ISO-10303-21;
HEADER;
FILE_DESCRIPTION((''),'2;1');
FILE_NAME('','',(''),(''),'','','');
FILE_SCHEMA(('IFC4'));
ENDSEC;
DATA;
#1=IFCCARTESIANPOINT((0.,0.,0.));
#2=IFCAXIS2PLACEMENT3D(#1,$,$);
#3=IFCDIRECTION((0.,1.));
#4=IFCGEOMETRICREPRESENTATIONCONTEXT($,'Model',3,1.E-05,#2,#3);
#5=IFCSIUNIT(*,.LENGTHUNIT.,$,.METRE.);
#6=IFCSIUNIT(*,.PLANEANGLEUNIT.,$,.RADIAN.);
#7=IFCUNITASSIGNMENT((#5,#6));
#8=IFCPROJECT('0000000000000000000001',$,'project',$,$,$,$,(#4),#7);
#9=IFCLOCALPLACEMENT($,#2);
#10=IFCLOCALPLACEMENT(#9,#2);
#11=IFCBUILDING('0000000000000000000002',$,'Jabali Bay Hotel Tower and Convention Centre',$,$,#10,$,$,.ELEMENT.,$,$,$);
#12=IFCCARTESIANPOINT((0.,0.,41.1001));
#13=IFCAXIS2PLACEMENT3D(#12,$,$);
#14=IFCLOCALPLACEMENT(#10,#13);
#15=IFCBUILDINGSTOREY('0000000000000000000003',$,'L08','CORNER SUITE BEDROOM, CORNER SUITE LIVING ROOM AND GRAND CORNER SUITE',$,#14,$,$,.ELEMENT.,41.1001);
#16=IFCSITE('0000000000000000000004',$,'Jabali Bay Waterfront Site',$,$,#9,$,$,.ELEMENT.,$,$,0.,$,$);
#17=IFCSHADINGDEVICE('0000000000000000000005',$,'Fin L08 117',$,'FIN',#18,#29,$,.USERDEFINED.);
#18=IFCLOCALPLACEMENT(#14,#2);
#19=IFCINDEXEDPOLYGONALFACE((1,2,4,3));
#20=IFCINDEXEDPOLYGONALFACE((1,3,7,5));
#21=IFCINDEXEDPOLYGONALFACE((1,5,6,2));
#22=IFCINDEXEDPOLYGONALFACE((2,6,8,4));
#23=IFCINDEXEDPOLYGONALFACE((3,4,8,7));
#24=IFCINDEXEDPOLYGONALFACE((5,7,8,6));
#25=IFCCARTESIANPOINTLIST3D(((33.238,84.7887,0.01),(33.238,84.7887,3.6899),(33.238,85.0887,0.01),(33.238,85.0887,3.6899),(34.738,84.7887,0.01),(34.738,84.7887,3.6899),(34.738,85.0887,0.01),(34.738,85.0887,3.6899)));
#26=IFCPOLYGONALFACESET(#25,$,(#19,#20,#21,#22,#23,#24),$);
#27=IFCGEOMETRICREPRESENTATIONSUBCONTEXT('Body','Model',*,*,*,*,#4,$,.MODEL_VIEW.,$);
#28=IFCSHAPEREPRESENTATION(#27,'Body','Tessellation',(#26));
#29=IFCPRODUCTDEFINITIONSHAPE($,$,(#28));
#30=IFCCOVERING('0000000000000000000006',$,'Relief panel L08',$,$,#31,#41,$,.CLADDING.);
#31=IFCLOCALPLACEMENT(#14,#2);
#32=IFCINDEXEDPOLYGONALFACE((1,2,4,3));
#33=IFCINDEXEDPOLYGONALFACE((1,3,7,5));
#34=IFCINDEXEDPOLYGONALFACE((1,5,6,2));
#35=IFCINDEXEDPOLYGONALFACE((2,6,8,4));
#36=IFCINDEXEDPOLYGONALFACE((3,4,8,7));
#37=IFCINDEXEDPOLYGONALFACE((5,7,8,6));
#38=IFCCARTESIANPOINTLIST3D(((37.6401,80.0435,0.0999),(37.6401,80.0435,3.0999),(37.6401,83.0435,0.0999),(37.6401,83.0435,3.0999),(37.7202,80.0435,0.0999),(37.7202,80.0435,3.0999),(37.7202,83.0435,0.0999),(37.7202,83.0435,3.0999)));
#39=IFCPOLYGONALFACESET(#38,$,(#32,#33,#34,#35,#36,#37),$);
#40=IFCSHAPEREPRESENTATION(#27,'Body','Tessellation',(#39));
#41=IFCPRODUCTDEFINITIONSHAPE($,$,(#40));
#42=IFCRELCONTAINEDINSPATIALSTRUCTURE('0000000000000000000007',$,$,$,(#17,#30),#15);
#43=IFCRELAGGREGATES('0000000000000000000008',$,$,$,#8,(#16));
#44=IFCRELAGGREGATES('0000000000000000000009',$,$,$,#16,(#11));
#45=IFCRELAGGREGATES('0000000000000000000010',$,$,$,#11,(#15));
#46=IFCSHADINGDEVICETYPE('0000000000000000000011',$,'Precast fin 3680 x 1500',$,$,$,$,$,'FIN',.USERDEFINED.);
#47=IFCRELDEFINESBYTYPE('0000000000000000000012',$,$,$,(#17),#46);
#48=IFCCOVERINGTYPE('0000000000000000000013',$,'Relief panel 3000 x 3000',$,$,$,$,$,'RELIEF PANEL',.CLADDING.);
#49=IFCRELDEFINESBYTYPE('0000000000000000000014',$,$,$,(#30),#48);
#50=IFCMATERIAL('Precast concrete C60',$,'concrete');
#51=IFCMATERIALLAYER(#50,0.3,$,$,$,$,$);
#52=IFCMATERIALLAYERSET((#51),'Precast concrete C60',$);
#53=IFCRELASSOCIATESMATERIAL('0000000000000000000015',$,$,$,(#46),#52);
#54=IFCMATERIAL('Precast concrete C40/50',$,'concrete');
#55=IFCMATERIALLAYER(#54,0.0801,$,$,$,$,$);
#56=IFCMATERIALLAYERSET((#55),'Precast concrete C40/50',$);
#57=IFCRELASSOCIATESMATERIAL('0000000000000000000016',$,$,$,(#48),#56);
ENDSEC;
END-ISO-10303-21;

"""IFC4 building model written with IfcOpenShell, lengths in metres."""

from ifc_helpers import new_model, si_unit, direction, frame, frame_2d, origin, origin_2d, place, context, subcontext, project, spatial, rectangle, extrude, material, layer, layer_set, type_object, element, save


model = new_model("IFC4")

# Units and contexts
model_context = context("Model", 3, precision=1e-05, world=origin(), true_north=direction((0.0, 1.0)))
body_context = subcontext(model_context, "Body", "Model", "MODEL_VIEW")
ifc_project = project(units=[si_unit("LENGTHUNIT", "METRE"), si_unit("PLANEANGLEUNIT", "RADIAN")], contexts=[model_context])

# Site, building, storey
site_placement = place(None, origin())
site = spatial("IfcSite", under=ifc_project, at=site_placement, Name="Jabali Bay Waterfront Site", CompositionType="ELEMENT", RefElevation=0.0)
building_placement = place(site_placement, origin())
building = spatial("IfcBuilding", under=site, at=building_placement, Name="Jabali Bay Hotel Tower and Convention Centre", CompositionType="ELEMENT")
storey_placement = place(building_placement, frame((0.0, 0.0, 41.1001)))
storey = spatial("IfcBuildingStorey", under=building, at=storey_placement, Name="L08", Description="CORNER SUITE BEDROOM, CORNER SUITE LIVING ROOM AND GRAND CORNER SUITE", CompositionType="ELEMENT", Elevation=41.1001)

# Shading device
ifc_material_1 = material(Name="Precast concrete C60", Category="concrete")
ifc_layer_1 = layer(ifc_material_1, 0.3)
ifc_layer_set_1 = layer_set([ifc_layer_1], Name="Precast concrete C60")
shading_device_type = type_object("IfcShadingDeviceType", Name="Precast fin 3680 x 1500", ElementType="FIN", PredefinedType="USERDEFINED", material=ifc_layer_set_1)
for number, where, z_axis, x_axis, name in (
    (1, (34.738, 84.9387, 0.01), (0.0, 0.0, 1.0), (-1.0, 0.0, 0.0), "Fin L08 117"),
):
    element("IfcShadingDevice", number, at=place(storey_placement, frame(where, z_axis=z_axis, x_axis=x_axis)), inside=storey, type_object=shading_device_type, Name=name, ObjectType="FIN", PredefinedType="USERDEFINED", context=body_context, shape_type="SweptSolid", body=[
        extrude(rectangle(XDim=1.5, YDim=0.3, at=frame_2d((0.75, 0.0))), origin(), (0.0, 0.0, 1.0), 3.6799),
    ])

# Covering
ifc_material_2 = material(Name="Precast concrete C40/50", Category="concrete")
ifc_layer_2 = layer(ifc_material_2, 0.0801)
ifc_layer_set_2 = layer_set([ifc_layer_2], Name="Precast concrete C40/50")
covering_type = type_object("IfcCoveringType", Name="Relief panel 3000 x 3000", ElementType="RELIEF PANEL", PredefinedType="CLADDING", material=ifc_layer_set_2)
covering_placement = place(storey_placement, frame((37.6802, 81.5435, 0.0999), z_axis=(0.0, 0.0, 1.0), x_axis=(0.0, 1.0, 0.0)))
element("IfcCovering", 2, at=covering_placement, inside=storey, type_object=covering_type, Name="Relief panel L08", PredefinedType="CLADDING", context=body_context, shape_type="SweptSolid", body=[
    extrude(rectangle(XDim=3.0, YDim=0.0801, at=origin_2d()), origin(), (0.0, 0.0, 1.0), 3.0),
])

save(model, "model.ifc")
